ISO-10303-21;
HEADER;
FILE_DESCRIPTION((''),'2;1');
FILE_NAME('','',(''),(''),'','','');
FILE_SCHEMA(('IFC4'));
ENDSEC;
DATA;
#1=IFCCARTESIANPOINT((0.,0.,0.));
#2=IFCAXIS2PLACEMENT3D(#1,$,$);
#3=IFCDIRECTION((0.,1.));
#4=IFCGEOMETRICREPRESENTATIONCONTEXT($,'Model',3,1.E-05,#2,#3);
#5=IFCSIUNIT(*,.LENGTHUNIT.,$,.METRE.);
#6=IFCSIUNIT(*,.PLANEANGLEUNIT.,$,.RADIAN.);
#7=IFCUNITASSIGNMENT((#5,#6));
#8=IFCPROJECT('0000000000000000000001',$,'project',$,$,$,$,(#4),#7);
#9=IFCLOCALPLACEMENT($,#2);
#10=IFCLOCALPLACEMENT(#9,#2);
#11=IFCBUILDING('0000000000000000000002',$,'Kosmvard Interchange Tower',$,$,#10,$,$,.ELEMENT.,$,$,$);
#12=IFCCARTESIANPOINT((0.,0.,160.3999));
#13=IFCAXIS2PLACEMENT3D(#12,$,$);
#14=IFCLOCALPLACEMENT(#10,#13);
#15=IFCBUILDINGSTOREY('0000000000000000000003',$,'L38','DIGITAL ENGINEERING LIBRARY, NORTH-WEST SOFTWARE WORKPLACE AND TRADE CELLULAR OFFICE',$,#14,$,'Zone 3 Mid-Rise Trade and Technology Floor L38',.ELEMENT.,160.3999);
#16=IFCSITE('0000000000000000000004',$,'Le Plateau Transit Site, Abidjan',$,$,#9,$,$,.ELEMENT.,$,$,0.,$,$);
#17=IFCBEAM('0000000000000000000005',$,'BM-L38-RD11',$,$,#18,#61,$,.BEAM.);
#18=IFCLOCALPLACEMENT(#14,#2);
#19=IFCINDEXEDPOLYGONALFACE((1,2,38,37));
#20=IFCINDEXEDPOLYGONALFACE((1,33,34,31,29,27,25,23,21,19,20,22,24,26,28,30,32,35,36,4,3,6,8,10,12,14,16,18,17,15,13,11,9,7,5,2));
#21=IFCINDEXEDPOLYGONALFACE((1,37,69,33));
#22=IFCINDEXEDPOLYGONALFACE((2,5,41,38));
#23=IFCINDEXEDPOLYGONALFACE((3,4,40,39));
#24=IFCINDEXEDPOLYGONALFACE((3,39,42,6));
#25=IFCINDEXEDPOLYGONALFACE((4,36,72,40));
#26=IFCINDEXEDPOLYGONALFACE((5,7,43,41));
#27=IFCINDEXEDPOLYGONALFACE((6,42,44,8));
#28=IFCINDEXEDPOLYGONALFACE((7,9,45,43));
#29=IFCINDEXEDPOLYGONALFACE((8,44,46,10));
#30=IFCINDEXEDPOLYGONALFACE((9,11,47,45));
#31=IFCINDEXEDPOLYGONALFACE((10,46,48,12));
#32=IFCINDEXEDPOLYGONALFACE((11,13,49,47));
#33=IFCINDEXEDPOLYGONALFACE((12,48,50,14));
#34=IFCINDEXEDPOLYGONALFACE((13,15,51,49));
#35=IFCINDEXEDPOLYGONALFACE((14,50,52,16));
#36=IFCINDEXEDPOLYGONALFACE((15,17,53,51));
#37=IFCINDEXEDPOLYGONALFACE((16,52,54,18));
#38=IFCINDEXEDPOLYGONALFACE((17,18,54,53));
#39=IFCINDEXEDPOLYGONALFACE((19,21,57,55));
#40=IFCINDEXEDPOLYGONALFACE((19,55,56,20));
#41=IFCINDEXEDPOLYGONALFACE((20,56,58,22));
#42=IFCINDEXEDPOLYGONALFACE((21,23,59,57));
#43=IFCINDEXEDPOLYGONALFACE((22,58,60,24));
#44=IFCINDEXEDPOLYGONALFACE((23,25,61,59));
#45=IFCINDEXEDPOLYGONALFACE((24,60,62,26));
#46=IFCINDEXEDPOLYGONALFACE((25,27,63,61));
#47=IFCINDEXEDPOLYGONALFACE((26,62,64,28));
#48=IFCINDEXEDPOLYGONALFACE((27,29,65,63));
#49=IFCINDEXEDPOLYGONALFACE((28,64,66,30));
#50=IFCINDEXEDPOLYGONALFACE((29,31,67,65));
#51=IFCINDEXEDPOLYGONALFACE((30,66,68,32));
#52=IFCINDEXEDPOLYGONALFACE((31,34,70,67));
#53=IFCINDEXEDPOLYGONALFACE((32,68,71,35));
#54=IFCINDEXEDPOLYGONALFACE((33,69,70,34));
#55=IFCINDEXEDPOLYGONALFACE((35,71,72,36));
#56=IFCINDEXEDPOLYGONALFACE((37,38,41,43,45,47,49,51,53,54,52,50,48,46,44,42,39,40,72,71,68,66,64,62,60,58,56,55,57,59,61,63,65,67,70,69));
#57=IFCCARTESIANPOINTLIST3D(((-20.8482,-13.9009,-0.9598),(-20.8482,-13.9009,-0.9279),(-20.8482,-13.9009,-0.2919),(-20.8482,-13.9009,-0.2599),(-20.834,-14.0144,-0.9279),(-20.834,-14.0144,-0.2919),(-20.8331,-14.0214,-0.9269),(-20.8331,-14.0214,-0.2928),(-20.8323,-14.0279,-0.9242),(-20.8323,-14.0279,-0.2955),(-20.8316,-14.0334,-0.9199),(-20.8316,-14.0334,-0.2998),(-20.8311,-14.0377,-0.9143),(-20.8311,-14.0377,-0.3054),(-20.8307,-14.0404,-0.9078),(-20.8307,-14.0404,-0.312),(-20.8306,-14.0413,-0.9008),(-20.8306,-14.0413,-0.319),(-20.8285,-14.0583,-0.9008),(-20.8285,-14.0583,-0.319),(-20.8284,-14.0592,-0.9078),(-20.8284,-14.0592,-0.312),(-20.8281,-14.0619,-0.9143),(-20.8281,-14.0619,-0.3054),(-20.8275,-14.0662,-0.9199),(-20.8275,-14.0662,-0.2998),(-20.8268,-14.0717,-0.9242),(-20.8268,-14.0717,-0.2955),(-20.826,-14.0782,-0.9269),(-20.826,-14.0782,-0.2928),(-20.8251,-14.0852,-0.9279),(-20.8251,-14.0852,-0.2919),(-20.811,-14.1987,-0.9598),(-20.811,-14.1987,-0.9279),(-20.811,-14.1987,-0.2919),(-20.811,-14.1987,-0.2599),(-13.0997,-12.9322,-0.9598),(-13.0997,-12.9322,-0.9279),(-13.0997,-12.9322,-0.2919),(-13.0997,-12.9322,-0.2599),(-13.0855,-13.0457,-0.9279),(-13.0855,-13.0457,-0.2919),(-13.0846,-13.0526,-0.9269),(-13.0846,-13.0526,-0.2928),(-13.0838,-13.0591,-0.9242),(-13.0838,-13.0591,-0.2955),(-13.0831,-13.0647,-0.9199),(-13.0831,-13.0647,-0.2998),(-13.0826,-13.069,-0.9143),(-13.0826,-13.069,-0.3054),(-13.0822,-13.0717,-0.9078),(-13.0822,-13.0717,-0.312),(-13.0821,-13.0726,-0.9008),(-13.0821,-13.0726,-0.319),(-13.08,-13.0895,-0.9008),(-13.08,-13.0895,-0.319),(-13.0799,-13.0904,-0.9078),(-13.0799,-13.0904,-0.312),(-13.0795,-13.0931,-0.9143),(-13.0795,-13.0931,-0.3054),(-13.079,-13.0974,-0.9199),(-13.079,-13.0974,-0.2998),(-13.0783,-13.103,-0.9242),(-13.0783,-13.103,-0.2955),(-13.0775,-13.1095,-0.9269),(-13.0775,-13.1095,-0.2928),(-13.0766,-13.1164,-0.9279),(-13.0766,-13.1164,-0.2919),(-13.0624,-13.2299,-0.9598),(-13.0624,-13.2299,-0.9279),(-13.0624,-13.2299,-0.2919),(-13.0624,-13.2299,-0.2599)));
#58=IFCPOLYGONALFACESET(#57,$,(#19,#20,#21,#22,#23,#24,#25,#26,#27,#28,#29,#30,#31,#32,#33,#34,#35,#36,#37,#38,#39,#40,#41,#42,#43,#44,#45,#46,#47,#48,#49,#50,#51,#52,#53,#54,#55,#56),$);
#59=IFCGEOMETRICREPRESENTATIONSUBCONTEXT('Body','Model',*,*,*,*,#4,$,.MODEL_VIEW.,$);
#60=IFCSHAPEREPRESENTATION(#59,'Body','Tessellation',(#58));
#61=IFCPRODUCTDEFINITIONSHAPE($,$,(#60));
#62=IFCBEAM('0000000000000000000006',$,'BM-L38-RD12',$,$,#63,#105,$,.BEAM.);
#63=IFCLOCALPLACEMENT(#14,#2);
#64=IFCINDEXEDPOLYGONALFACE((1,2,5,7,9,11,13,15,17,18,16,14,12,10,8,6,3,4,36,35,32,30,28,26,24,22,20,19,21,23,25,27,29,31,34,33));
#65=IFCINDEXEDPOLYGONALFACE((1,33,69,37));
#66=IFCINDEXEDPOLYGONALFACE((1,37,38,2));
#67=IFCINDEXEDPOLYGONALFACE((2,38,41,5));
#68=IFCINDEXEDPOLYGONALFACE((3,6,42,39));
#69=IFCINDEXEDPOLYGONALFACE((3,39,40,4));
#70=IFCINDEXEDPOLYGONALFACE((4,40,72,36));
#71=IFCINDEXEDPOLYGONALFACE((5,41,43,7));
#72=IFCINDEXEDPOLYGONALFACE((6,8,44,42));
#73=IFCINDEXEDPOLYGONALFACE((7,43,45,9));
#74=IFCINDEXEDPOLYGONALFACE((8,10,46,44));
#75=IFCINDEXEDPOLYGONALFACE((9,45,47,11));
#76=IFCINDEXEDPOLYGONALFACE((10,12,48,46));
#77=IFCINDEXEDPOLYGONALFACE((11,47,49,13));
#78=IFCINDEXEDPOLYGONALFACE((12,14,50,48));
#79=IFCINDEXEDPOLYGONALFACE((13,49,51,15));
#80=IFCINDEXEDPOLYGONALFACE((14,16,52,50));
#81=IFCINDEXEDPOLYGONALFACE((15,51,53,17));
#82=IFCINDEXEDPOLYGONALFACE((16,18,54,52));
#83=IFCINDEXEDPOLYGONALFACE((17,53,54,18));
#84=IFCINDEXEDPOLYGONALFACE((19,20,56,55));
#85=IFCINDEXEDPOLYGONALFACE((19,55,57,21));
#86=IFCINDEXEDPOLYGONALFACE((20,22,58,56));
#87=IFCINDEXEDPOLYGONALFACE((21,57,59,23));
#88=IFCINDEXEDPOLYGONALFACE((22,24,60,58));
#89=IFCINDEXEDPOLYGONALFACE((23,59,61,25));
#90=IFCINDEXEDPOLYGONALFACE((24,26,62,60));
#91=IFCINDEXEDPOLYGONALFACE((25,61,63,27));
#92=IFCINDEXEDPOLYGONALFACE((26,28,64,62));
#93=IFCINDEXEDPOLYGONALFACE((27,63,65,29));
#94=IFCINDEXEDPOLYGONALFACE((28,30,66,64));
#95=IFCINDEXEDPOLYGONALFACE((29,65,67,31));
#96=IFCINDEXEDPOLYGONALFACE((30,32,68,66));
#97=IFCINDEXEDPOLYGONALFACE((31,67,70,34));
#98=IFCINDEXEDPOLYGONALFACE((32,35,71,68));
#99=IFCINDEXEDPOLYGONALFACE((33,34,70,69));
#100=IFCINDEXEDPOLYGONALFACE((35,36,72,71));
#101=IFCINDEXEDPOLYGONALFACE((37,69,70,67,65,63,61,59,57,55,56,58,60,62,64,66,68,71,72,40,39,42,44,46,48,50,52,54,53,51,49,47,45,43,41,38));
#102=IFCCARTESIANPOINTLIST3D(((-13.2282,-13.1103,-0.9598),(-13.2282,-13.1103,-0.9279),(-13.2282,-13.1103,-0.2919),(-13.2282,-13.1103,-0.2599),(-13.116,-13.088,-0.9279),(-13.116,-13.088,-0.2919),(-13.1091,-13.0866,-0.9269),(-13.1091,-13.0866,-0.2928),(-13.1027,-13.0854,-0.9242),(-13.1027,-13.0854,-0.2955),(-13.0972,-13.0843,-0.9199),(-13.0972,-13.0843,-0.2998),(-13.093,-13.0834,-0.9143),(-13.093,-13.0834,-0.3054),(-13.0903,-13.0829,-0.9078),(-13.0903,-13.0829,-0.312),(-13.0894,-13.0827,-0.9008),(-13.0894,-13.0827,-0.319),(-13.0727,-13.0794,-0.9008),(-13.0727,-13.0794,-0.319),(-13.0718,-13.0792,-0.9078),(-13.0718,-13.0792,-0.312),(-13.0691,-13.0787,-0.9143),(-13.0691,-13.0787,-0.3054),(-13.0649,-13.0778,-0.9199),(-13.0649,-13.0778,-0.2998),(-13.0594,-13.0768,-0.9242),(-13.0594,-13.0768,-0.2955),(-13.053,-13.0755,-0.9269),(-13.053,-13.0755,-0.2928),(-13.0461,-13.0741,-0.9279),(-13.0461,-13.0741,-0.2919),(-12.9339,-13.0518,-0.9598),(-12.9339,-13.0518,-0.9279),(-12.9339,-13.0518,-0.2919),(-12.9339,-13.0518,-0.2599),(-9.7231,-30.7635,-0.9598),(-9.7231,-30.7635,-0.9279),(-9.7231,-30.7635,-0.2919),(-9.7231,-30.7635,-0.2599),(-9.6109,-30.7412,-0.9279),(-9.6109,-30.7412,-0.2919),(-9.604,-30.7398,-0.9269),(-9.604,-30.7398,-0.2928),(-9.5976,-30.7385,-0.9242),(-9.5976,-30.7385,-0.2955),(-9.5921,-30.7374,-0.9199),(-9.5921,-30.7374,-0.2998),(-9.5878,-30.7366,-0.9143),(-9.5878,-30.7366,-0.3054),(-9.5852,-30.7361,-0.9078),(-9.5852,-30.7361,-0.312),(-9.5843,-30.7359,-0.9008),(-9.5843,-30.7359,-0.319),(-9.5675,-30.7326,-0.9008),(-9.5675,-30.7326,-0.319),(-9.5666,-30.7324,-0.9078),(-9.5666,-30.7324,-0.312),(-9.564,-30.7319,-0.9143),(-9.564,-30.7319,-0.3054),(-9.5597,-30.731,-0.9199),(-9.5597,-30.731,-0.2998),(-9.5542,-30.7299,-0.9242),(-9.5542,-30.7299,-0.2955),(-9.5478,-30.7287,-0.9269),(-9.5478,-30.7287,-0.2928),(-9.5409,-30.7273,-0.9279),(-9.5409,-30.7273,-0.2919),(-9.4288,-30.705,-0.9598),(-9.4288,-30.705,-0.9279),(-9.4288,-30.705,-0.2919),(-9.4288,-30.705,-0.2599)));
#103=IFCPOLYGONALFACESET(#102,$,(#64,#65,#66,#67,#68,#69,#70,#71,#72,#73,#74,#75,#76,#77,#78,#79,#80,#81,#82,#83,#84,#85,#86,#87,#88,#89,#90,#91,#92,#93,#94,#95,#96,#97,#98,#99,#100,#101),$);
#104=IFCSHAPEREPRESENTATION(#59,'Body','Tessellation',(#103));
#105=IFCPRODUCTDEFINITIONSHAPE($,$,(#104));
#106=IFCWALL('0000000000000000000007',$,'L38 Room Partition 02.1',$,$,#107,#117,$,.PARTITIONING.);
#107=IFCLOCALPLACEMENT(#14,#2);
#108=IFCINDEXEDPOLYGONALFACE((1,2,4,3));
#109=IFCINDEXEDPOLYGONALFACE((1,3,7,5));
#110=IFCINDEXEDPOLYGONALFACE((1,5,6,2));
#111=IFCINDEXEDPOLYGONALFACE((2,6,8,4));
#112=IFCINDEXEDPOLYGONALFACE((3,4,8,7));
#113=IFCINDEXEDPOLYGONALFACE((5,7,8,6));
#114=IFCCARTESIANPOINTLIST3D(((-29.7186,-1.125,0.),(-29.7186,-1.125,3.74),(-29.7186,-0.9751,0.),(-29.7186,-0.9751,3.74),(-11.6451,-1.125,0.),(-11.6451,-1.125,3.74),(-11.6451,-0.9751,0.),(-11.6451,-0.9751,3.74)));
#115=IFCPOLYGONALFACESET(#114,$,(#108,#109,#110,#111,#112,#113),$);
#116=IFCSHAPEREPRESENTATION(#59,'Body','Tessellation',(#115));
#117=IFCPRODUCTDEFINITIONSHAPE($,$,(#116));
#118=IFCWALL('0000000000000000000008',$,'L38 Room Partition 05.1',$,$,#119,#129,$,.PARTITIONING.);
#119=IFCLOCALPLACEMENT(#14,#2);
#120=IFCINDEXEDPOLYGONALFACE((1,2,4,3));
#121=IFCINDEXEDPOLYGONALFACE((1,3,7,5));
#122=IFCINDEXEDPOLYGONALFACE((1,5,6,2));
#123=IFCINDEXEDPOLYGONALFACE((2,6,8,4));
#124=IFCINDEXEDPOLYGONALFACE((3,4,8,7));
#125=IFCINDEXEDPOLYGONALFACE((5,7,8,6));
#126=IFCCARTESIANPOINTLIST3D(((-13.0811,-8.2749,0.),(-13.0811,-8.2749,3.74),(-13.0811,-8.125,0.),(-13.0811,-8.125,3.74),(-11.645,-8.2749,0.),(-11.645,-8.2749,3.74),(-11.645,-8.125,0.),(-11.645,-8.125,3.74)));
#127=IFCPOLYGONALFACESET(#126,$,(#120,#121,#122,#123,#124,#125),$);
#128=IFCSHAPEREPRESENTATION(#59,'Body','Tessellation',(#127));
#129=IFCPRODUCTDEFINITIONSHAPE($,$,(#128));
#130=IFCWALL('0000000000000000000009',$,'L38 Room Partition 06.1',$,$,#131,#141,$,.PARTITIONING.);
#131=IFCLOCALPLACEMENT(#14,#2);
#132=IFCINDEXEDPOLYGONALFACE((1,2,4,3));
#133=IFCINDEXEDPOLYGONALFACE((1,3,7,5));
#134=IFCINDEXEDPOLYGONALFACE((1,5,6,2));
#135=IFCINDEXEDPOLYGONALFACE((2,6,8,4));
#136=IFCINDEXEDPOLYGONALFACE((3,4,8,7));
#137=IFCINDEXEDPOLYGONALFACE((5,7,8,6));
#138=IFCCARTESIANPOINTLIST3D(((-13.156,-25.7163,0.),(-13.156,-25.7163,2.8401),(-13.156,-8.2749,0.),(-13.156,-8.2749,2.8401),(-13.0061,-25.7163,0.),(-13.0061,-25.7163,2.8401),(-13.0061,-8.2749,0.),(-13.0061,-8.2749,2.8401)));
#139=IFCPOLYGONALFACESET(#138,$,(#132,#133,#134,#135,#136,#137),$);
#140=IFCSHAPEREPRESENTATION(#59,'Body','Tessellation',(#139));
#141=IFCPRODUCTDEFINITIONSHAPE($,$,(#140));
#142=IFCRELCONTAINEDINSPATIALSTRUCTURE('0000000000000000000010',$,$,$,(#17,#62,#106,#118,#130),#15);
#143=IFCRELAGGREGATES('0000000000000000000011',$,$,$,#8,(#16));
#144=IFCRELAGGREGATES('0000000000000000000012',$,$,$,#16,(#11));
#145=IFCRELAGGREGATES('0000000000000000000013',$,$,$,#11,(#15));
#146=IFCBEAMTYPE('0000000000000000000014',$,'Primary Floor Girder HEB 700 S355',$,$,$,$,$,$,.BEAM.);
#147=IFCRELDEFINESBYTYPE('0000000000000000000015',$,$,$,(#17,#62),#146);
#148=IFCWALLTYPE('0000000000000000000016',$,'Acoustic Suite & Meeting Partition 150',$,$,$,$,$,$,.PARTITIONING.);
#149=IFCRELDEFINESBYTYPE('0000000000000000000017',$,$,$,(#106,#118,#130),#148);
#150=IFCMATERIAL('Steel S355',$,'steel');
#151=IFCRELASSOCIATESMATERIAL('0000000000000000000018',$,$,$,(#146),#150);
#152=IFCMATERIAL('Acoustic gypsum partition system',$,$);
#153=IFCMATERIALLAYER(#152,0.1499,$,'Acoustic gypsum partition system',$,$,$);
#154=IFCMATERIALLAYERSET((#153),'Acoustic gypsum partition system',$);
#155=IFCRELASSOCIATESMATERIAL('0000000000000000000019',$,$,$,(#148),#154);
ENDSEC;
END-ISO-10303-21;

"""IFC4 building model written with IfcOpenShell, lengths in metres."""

from ifc_helpers import new_model, si_unit, direction, frame, frame_2d, origin, origin_2d, place, context, subcontext, project, spatial, rectangle, i_section, extrude, source, transform, mapped, material, layer, layer_set, material_profile, profile_set, type_object, element, save


model = new_model("IFC4")

# Units and contexts
model_context = context("Model", 3, precision=1e-05, world=origin(), true_north=direction((0.0, 1.0)))
body_context = subcontext(model_context, "Body", "Model", "MODEL_VIEW")
ifc_project = project(units=[si_unit("LENGTHUNIT", "METRE"), si_unit("PLANEANGLEUNIT", "RADIAN")], contexts=[model_context])

# Site, building, storey
site_placement = place(None, origin())
site = spatial("IfcSite", under=ifc_project, at=site_placement, Name="Le Plateau Transit Site, Abidjan", CompositionType="ELEMENT", RefElevation=0.0)
building_placement = place(site_placement, origin())
building = spatial("IfcBuilding", under=site, at=building_placement, Name="Kosmvard Interchange Tower", CompositionType="ELEMENT")
storey_placement = place(building_placement, frame((0.0, 0.0, 160.3999)))
storey = spatial("IfcBuildingStorey", under=building, at=storey_placement, Name="L38", Description="DIGITAL ENGINEERING LIBRARY, NORTH-WEST SOFTWARE WORKPLACE AND TRADE CELLULAR OFFICE", LongName="Zone 3 Mid-Rise Trade and Technology Floor L38", CompositionType="ELEMENT", Elevation=160.3999)

# Beams
ifc_material_1 = material(Name="Steel S355", Category="steel")
ifc_material_profile = material_profile(ifc_material_1, i_section(OverallWidth=0.3, OverallDepth=0.7, WebThickness=0.0171, FlangeThickness=0.032, FilletRadius=0.0271, at=origin_2d()), Name="HEB 700")
ifc_profile_set = profile_set([ifc_material_profile], Name="Steel S355")
beam_type = type_object("IfcBeamType", Name="Primary Floor Girder HEB 700 S355", PredefinedType="BEAM", material=ifc_profile_set)
shared_shape_1 = source(origin(), body_context, "Body", "SweptSolid", [
    extrude(i_section(OverallWidth=0.3, OverallDepth=0.7, WebThickness=0.0171, FlangeThickness=0.032, FilletRadius=0.0271, at=origin_2d()), origin(), (0.0, 0.0, 1.0), 7.8088),
])
beam_1_placement = place(storey_placement, frame((-13.0811, -13.0811, -0.6099), z_axis=(-0.992275, -0.124058, 0.0), x_axis=(0.124058, -0.992275, 0.0)))
element("IfcBeam", 1, at=beam_1_placement, inside=storey, type_object=beam_type, Name="BM-L38-RD11", PredefinedType="BEAM", context=body_context, shape_type="MappedRepresentation", body=[
    mapped(shared_shape_1, transform((0.0, 0.0, 0.0), scale=1.0)),
])
shared_shape_2 = source(origin(), body_context, "Body", "SweptSolid", [
    extrude(i_section(OverallWidth=0.3, OverallDepth=0.7, WebThickness=0.0171, FlangeThickness=0.032, FilletRadius=0.0271, at=origin_2d()), origin(), (0.0, 0.0, 1.0), 17.9978),
])
beam_2_placement = place(storey_placement, frame((-13.0811, -13.0811, -0.6099), z_axis=(0.194754, -0.980852, 0.0), x_axis=(0.980852, 0.194754, 0.0)))
element("IfcBeam", 2, at=beam_2_placement, inside=storey, type_object=beam_type, Name="BM-L38-RD12", PredefinedType="BEAM", context=body_context, shape_type="MappedRepresentation", body=[
    mapped(shared_shape_2, transform((0.0, 0.0, 0.0), scale=1.0)),
])

# Walls
ifc_material_2 = material(Name="Acoustic gypsum partition system")
ifc_layer_1 = layer(ifc_material_2, 0.1499, Name="Acoustic gypsum partition system")
ifc_layer_set_1 = layer_set([ifc_layer_1], Name="Acoustic gypsum partition system")
wall_type_1 = type_object("IfcWallType", Name="Acoustic Suite & Meeting Partition 150", PredefinedType="PARTITIONING", material=ifc_layer_set_1)
wall_1_placement = place(storey_placement, frame((-29.7185, -1.05, 0.0), z_axis=(0.0, 0.0, 1.0), x_axis=(1.0, 0.0, 0.0)))
element("IfcWall", 3, at=wall_1_placement, inside=storey, type_object=wall_type_1, Name="L38 Room Partition 02.1", PredefinedType="PARTITIONING", context=body_context, shape_type="SweptSolid", body=[
    extrude(rectangle(XDim=18.0735, YDim=0.1499, at=frame_2d((9.0366, 0.0))), origin(), (0.0, 0.0, 1.0), 3.74),
])
wall_2_placement = place(storey_placement, frame((-11.645, -8.2, 0.0), z_axis=(0.0, 0.0, 1.0), x_axis=(-1.0, 0.0, 0.0)))
element("IfcWall", 4, at=wall_2_placement, inside=storey, type_object=wall_type_1, Name="L38 Room Partition 05.1", PredefinedType="PARTITIONING", context=body_context, shape_type="SweptSolid", body=[
    extrude(rectangle(XDim=1.436, YDim=0.1499, at=frame_2d((0.718, 0.0))), origin(), (0.0, 0.0, 1.0), 3.74),
])
wall_3_placement = place(storey_placement, frame((-13.0811, -8.2749, 0.0), z_axis=(0.0, 0.0, 1.0), x_axis=(0.0, -1.0, 0.0)))
element("IfcWall", 5, at=wall_3_placement, inside=storey, type_object=wall_type_1, Name="L38 Room Partition 06.1", PredefinedType="PARTITIONING", context=body_context, shape_type="SweptSolid", body=[
    extrude(rectangle(XDim=17.4414, YDim=0.1499, at=frame_2d((8.7207, 0.0))), origin(), (0.0, 0.0, 1.0), 2.8401),
])

save(model, "model.ifc")
